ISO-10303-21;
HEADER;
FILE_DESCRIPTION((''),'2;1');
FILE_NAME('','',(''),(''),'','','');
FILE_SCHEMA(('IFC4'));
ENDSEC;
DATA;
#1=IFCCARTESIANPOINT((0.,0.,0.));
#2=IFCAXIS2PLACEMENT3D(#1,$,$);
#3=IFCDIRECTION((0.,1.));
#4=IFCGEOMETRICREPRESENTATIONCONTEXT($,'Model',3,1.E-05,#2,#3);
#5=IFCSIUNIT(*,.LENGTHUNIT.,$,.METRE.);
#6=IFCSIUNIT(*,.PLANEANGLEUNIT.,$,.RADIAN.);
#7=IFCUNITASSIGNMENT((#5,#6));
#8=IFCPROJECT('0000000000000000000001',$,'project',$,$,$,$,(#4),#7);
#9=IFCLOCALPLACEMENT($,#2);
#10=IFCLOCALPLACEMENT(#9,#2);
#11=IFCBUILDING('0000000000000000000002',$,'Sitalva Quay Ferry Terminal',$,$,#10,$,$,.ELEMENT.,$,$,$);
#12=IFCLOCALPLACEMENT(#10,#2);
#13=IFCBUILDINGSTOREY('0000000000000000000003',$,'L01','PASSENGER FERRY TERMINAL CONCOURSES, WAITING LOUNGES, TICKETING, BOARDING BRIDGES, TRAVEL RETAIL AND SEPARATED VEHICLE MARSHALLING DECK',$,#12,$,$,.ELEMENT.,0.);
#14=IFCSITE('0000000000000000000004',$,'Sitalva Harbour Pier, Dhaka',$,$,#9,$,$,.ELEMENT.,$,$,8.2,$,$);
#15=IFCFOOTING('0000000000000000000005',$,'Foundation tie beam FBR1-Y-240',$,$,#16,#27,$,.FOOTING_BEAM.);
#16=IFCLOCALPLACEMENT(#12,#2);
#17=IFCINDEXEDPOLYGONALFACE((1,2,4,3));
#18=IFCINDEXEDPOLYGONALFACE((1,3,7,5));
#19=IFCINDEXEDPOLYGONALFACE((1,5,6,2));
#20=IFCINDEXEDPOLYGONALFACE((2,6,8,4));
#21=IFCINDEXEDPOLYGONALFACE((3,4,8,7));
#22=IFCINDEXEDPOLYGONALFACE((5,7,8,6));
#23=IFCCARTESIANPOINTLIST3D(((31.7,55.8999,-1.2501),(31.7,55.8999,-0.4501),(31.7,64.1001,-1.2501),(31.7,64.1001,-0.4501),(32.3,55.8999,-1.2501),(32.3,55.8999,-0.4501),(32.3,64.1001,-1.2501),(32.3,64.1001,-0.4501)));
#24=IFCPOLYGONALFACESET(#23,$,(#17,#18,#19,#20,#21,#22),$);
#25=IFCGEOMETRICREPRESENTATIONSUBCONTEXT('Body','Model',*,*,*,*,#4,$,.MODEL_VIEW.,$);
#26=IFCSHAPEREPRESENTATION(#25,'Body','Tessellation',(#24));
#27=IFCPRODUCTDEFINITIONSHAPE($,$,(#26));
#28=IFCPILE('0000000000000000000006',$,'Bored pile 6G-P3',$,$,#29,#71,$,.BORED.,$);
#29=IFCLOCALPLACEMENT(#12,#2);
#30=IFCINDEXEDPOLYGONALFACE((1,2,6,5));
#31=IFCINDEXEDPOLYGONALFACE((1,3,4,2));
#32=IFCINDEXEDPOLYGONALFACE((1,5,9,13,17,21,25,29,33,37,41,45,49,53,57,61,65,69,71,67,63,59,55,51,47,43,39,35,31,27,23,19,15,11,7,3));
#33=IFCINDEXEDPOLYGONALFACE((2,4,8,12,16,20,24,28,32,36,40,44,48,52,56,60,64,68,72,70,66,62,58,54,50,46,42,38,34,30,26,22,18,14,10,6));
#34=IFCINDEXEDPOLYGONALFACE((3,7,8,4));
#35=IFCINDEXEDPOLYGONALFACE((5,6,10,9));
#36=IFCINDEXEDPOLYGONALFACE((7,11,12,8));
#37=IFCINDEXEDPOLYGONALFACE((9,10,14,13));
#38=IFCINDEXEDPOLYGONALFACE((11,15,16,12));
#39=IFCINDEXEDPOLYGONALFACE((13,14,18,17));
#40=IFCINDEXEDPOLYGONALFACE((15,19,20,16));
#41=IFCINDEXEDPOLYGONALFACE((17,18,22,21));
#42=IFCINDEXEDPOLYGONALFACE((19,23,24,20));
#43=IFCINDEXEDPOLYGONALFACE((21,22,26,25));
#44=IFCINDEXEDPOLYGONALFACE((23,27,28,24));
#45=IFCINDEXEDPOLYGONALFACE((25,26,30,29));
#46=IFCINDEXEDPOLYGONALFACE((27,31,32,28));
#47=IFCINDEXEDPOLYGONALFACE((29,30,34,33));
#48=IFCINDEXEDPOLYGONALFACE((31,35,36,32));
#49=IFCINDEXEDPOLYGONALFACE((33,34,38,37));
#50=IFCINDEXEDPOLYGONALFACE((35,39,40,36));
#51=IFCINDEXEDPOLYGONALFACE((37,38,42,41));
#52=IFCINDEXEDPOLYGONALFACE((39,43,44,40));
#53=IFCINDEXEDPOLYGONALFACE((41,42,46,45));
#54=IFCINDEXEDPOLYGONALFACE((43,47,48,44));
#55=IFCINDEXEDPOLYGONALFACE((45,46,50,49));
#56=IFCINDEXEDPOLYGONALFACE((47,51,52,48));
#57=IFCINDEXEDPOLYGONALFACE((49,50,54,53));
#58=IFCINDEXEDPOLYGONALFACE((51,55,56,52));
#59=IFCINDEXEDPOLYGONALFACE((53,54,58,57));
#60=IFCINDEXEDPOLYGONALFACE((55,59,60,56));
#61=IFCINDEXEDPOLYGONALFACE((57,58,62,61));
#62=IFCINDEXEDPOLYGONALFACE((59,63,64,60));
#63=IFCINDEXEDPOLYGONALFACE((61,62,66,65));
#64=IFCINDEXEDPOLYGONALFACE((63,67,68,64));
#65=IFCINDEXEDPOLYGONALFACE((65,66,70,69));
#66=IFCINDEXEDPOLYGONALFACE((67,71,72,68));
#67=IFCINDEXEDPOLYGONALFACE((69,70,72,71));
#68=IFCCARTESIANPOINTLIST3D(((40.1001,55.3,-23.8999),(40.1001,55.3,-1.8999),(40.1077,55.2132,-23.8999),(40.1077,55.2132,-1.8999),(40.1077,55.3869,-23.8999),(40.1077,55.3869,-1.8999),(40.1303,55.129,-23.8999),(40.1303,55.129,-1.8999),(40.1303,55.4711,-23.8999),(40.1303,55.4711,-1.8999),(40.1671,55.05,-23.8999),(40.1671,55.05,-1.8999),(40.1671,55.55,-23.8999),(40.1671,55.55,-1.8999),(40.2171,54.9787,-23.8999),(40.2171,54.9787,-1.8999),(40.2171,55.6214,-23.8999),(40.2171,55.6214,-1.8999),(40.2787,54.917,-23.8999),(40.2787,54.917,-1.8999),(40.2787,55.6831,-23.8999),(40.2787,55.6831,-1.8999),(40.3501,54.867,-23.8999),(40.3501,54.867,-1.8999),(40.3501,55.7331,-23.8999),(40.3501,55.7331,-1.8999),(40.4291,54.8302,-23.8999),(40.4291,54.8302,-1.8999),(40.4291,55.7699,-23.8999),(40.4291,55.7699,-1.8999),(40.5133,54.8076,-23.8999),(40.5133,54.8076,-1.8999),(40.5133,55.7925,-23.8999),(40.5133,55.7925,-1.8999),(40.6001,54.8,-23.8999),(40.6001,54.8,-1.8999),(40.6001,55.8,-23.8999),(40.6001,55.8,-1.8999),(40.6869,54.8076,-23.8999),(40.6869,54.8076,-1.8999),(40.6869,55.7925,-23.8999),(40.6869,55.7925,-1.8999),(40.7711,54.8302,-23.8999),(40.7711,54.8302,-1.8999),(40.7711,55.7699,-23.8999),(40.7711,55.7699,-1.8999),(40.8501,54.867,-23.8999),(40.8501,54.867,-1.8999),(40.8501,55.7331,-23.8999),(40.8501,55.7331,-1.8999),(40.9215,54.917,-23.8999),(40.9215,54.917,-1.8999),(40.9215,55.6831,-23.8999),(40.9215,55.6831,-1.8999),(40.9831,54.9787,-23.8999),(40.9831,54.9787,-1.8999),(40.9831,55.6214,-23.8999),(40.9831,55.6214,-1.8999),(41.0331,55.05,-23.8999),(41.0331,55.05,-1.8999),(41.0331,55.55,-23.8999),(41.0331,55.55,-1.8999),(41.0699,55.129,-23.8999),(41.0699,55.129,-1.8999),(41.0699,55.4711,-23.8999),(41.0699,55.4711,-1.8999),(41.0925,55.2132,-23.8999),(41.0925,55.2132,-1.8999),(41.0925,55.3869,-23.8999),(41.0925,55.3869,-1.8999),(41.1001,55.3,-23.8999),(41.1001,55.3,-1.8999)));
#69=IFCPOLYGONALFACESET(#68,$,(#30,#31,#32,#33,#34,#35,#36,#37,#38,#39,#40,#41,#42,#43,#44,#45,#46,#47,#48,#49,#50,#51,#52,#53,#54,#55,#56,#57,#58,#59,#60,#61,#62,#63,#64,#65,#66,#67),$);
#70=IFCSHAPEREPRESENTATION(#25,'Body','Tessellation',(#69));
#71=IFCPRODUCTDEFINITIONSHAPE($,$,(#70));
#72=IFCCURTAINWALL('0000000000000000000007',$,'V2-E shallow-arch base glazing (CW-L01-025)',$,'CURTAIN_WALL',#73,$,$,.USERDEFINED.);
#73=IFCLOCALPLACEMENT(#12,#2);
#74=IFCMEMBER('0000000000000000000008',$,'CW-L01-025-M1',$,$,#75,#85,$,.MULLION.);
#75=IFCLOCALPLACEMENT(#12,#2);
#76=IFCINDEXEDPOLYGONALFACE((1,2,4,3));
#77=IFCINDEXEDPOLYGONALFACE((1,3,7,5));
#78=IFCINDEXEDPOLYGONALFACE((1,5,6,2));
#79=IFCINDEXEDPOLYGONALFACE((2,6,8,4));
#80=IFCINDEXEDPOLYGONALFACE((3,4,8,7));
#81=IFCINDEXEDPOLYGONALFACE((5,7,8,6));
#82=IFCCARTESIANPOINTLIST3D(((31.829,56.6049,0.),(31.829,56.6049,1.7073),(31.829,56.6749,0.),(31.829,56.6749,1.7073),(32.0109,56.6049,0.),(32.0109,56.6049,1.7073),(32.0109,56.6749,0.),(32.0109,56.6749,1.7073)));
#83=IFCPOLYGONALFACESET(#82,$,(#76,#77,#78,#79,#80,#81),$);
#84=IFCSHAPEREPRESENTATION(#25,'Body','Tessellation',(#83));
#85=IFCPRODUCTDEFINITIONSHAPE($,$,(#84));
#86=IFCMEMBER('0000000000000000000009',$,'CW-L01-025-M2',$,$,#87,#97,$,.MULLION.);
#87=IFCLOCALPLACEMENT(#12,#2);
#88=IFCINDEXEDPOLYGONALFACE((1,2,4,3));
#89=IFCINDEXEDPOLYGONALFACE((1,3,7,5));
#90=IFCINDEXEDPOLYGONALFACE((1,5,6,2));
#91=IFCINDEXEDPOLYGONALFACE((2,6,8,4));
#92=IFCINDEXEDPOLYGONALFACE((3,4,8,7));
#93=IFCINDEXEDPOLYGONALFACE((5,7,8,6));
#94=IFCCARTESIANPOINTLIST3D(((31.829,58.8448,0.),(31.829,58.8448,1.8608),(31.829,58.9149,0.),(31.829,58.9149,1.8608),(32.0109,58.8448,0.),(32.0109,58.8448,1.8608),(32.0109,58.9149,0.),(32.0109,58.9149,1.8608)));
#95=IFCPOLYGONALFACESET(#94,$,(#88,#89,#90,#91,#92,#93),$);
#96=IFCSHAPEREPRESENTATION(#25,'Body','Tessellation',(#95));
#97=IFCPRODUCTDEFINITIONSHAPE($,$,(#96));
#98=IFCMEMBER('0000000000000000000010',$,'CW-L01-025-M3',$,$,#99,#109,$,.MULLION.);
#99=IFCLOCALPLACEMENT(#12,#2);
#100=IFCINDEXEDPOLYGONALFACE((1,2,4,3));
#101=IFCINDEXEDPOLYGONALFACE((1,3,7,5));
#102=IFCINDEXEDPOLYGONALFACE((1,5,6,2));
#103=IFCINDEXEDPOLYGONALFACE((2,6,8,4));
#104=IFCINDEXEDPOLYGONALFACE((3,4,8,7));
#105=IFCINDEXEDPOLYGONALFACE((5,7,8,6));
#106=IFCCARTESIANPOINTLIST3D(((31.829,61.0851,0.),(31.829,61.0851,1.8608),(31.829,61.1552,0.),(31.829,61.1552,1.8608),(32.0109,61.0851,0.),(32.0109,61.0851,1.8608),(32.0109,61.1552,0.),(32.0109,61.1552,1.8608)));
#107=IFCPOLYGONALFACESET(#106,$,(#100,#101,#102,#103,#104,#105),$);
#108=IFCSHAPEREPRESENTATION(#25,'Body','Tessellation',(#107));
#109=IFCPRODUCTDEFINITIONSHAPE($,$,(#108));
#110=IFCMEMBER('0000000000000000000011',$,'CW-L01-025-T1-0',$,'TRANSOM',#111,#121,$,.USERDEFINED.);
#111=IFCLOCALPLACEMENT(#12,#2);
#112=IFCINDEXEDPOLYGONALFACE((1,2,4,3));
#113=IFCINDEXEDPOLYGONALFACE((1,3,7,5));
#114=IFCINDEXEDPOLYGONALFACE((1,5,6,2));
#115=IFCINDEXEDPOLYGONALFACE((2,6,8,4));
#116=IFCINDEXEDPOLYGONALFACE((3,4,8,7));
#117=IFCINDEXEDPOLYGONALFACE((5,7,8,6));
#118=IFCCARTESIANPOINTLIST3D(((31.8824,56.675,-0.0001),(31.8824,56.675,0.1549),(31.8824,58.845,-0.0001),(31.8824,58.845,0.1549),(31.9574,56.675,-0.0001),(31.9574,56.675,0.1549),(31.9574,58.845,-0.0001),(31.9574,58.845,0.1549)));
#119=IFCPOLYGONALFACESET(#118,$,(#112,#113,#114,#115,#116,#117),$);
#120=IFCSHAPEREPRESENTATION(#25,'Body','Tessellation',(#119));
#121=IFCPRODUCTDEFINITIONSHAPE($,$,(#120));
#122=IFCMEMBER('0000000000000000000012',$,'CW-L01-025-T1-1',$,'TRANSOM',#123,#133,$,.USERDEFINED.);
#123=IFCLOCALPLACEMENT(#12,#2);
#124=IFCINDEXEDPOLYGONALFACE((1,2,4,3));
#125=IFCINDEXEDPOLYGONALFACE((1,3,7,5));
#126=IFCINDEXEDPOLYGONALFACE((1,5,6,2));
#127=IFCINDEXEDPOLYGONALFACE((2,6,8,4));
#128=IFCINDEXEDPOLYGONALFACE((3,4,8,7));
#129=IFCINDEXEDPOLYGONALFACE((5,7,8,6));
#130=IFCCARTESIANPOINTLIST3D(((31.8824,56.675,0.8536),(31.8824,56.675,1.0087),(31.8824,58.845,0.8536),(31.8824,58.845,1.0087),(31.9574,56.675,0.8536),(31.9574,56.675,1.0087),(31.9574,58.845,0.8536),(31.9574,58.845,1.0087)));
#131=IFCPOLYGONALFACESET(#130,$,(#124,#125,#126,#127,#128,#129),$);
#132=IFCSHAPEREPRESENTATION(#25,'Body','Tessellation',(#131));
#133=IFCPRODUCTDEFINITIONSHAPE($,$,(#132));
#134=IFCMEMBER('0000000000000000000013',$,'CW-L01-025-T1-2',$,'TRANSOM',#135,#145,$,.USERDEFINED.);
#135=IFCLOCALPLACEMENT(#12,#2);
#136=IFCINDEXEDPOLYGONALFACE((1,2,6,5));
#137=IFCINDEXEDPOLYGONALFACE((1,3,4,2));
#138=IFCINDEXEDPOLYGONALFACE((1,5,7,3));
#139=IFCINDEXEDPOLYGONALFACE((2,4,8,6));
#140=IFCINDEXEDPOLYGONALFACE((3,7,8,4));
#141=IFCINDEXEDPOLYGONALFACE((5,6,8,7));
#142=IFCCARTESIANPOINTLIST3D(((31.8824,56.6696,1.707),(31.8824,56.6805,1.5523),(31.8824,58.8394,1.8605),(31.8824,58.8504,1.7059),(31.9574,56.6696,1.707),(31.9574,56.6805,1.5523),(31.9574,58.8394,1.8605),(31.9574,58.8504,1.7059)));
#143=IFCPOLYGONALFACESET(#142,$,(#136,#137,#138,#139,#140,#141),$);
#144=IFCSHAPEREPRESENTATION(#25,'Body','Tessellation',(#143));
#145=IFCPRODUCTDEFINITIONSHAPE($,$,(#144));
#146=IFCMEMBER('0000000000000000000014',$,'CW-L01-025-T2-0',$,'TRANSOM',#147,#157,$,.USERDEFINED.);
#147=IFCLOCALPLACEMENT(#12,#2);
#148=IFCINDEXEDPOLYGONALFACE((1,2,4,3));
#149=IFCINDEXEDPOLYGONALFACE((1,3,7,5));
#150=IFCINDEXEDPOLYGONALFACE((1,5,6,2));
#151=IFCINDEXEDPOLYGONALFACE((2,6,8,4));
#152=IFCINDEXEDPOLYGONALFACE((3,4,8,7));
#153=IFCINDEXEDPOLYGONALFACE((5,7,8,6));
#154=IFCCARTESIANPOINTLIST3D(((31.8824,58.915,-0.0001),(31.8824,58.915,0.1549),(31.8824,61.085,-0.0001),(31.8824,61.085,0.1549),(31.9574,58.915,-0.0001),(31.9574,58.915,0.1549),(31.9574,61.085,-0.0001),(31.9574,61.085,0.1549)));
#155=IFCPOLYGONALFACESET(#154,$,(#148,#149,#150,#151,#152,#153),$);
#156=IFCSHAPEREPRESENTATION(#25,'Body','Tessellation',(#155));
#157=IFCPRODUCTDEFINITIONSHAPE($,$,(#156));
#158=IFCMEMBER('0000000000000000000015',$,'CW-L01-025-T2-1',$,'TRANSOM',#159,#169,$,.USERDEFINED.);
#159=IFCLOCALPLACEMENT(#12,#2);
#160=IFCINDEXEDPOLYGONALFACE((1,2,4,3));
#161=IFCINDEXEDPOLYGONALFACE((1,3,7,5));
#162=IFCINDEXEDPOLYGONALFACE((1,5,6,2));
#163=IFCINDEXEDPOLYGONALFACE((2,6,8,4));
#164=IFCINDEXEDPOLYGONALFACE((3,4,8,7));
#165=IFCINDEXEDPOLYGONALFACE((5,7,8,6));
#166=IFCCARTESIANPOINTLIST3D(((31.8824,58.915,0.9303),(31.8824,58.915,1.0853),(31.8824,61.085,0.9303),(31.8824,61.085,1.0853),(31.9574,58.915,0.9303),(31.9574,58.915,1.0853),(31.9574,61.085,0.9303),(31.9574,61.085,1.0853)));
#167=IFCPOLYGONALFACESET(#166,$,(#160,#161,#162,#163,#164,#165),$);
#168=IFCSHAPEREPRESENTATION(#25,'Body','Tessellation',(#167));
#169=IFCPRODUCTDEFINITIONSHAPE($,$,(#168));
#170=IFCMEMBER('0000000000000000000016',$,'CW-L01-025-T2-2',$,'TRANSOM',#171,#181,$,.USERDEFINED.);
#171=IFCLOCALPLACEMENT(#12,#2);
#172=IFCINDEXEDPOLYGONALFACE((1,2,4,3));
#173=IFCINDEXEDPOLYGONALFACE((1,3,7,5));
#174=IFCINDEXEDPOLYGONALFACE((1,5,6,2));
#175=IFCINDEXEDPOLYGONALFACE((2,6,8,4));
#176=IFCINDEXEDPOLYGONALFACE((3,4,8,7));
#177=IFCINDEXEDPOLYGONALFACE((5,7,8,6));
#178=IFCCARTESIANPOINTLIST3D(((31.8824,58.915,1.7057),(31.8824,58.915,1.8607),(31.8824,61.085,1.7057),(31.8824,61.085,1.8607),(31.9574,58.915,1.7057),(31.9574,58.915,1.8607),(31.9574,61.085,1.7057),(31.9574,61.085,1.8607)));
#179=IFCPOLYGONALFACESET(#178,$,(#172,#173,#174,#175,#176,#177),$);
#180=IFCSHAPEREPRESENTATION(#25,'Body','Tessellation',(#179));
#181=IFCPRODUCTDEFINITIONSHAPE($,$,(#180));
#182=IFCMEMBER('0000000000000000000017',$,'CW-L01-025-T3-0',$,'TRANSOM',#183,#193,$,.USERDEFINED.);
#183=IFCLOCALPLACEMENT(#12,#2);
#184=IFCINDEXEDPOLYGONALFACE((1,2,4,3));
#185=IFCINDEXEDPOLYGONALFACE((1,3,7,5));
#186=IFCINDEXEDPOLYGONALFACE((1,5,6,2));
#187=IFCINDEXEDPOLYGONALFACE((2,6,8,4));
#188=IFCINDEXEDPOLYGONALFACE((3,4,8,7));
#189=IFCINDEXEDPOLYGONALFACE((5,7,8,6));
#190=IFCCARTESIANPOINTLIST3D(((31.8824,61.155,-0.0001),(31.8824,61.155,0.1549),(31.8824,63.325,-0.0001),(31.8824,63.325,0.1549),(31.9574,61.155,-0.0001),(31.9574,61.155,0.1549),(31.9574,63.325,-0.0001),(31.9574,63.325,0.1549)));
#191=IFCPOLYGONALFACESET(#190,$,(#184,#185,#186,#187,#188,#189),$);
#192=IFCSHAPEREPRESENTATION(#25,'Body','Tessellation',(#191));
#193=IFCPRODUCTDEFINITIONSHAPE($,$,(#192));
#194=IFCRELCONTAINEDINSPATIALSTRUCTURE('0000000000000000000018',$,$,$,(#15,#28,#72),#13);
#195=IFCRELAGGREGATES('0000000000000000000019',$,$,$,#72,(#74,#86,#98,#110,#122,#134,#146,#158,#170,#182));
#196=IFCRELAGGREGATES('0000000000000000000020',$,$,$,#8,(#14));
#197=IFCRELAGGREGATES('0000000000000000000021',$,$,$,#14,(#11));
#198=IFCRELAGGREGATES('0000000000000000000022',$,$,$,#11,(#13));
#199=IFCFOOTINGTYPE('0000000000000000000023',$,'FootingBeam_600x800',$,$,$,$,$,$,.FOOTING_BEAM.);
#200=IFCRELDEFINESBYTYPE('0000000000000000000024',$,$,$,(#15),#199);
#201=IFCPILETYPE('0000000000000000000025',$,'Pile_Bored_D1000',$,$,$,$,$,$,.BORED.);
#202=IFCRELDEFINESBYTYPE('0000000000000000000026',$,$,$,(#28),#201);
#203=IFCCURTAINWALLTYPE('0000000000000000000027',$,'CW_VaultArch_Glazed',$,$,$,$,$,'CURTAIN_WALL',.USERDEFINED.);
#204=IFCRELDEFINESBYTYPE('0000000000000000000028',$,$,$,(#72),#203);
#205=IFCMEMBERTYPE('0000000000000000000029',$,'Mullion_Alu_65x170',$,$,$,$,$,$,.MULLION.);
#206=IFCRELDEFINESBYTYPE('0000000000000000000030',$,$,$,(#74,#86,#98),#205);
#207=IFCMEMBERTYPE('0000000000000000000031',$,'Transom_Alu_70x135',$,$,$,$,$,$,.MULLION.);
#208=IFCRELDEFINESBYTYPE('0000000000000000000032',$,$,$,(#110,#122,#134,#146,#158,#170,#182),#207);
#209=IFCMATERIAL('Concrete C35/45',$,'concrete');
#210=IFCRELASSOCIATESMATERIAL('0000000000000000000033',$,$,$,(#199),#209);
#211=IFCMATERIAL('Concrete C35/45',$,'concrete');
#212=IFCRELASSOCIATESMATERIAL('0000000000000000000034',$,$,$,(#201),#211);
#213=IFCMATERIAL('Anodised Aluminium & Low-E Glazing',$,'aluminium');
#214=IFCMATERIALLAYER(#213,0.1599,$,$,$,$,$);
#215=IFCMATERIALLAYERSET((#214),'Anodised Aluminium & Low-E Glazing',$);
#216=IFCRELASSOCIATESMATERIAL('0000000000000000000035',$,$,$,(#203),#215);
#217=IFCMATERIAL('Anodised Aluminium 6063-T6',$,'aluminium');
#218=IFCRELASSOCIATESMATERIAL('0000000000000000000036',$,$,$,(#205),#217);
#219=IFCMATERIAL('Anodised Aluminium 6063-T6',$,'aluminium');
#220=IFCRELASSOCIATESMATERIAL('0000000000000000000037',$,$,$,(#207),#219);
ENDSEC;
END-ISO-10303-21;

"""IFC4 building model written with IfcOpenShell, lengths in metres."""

from ifc_helpers import new_model, si_unit, direction, frame, origin, origin_2d, place, context, subcontext, project, spatial, rectangle, circle, extrude, material, layer, layer_set, material_profile, profile_set, type_object, element, aggregate, save


model = new_model("IFC4")

# Units and contexts
model_context = context("Model", 3, precision=1e-05, world=origin(), true_north=direction((0.0, 1.0)))
body_context = subcontext(model_context, "Body", "Model", "MODEL_VIEW")
ifc_project = project(units=[si_unit("LENGTHUNIT", "METRE"), si_unit("PLANEANGLEUNIT", "RADIAN")], contexts=[model_context])

# Site, building, storey
site_placement = place(None, origin())
site = spatial("IfcSite", under=ifc_project, at=site_placement, Name="Sitalva Harbour Pier, Dhaka", CompositionType="ELEMENT", RefElevation=8.2)
building_placement = place(site_placement, origin())
building = spatial("IfcBuilding", under=site, at=building_placement, Name="Sitalva Quay Ferry Terminal", CompositionType="ELEMENT")
storey_placement = place(building_placement, origin())
storey = spatial("IfcBuildingStorey", under=building, at=storey_placement, Name="L01", Description="PASSENGER FERRY TERMINAL CONCOURSES, WAITING LOUNGES, TICKETING, BOARDING BRIDGES, TRAVEL RETAIL AND SEPARATED VEHICLE MARSHALLING DECK", CompositionType="ELEMENT", Elevation=0.0)

# Footing
ifc_material_1 = material(Name="Concrete C35/45", Category="concrete")
ifc_material_profile_1 = material_profile(ifc_material_1, rectangle(XDim=0.6001, YDim=0.8, at=origin_2d()), Name="RC600x800")
ifc_profile_set_1 = profile_set([ifc_material_profile_1], Name="Concrete C35/45")
footing_type = type_object("IfcFootingType", Name="FootingBeam_600x800", PredefinedType="FOOTING_BEAM", material=ifc_profile_set_1)
footing_placement = place(storey_placement, frame((32.0, 55.8999, -0.8501), z_axis=(0.0, 1.0, 0.0), x_axis=(-1.0, 0.0, 0.0)))
element("IfcFooting", 1, at=footing_placement, inside=storey, type_object=footing_type, Name="Foundation tie beam FBR1-Y-240", PredefinedType="FOOTING_BEAM", context=body_context, shape_type="SweptSolid", body=[
    extrude(rectangle(XDim=0.6001, YDim=0.8, at=origin_2d()), origin(), (0.0, 0.0, 1.0), 8.2002),
])

# Pile
ifc_material_2 = material(Name="Concrete C35/45", Category="concrete")
ifc_material_profile_2 = material_profile(ifc_material_2, circle(Radius=0.5, at=origin_2d()), Name="PILE-D1000")
ifc_profile_set_2 = profile_set([ifc_material_profile_2], Name="Concrete C35/45")
pile_type = type_object("IfcPileType", Name="Pile_Bored_D1000", PredefinedType="BORED", material=ifc_profile_set_2)
pile_placement = place(storey_placement, frame((40.6001, 55.3, -1.8999), z_axis=(0.0, 0.0, -1.0), x_axis=(1.0, 0.0, 0.0)))
element("IfcPile", 2, at=pile_placement, inside=storey, type_object=pile_type, Name="Bored pile 6G-P3", PredefinedType="BORED", context=body_context, shape_type="SweptSolid", body=[
    extrude(circle(Radius=0.5, at=origin_2d()), origin(), (0.0, 0.0, 1.0), 22.0),
])

# Curtain wall, members
ifc_material_3 = material(Name="Anodised Aluminium & Low-E Glazing", Category="aluminium")
ifc_layer_1 = layer(ifc_material_3, 0.1599)
ifc_layer_set_1 = layer_set([ifc_layer_1], Name="Anodised Aluminium & Low-E Glazing")
curtain_wall_type = type_object("IfcCurtainWallType", Name="CW_VaultArch_Glazed", ElementType="CURTAIN_WALL", PredefinedType="USERDEFINED", material=ifc_layer_set_1)
curtain_wall_placement = place(storey_placement, origin())
curtain_wall = element("IfcCurtainWall", 3, at=curtain_wall_placement, inside=storey, type_object=curtain_wall_type, Name="V2-E shallow-arch base glazing (CW-L01-025)", ObjectType="CURTAIN_WALL", PredefinedType="USERDEFINED")
ifc_material_4 = material(Name="Anodised Aluminium 6063-T6", Category="aluminium")
ifc_material_profile_3 = material_profile(ifc_material_4, rectangle(XDim=0.0701, YDim=0.1819, at=origin_2d()), Name="ALU70x182")
ifc_profile_set_3 = profile_set([ifc_material_profile_3], Name="Anodised Aluminium 6063-T6")
member_type_1 = type_object("IfcMemberType", Name="Mullion_Alu_65x170", PredefinedType="MULLION", material=ifc_profile_set_3)
member_1_placement = place(storey_placement, frame((31.9199, 56.6399, 0.0), z_axis=(0.0, 0.0, 1.0), x_axis=(0.0, 1.0, 0.0)))
member_1 = element("IfcMember", 4, at=member_1_placement, type_object=member_type_1, Name="CW-L01-025-M1", PredefinedType="MULLION", context=body_context, shape_type="SweptSolid", body=[
    extrude(rectangle(XDim=0.0701, YDim=0.1819, at=origin_2d()), origin(), (0.0, 0.0, 1.0), 1.7073),
])
member_2_placement = place(storey_placement, frame((31.9199, 58.8799, 0.0), z_axis=(0.0, 0.0, 1.0), x_axis=(0.0, 1.0, 0.0)))
member_2 = element("IfcMember", 5, at=member_2_placement, type_object=member_type_1, Name="CW-L01-025-M2", PredefinedType="MULLION", context=body_context, shape_type="SweptSolid", body=[
    extrude(rectangle(XDim=0.0701, YDim=0.1819, at=origin_2d()), origin(), (0.0, 0.0, 1.0), 1.8608),
])
member_3_placement = place(storey_placement, frame((31.9199, 61.1201, 0.0), z_axis=(0.0, 0.0, 1.0), x_axis=(0.0, 1.0, 0.0)))
member_3 = element("IfcMember", 6, at=member_3_placement, type_object=member_type_1, Name="CW-L01-025-M3", PredefinedType="MULLION", context=body_context, shape_type="SweptSolid", body=[
    extrude(rectangle(XDim=0.0701, YDim=0.1819, at=origin_2d()), origin(), (0.0, 0.0, 1.0), 1.8608),
])
ifc_material_5 = material(Name="Anodised Aluminium 6063-T6", Category="aluminium")
ifc_material_profile_4 = material_profile(ifc_material_5, rectangle(XDim=0.075, YDim=0.155, at=origin_2d()), Name="ALU75x155")
ifc_profile_set_4 = profile_set([ifc_material_profile_4], Name="Anodised Aluminium 6063-T6")
member_type_2 = type_object("IfcMemberType", Name="Transom_Alu_70x135", PredefinedType="MULLION", material=ifc_profile_set_4)
member_4_placement = place(storey_placement, frame((31.9199, 56.675, 0.0774), z_axis=(0.0, 1.0, 0.0), x_axis=(-1.0, 0.0, 0.0)))
member_4 = element("IfcMember", 7, at=member_4_placement, type_object=member_type_2, Name="CW-L01-025-T1-0", ObjectType="TRANSOM", PredefinedType="USERDEFINED", context=body_context, shape_type="SweptSolid", body=[
    extrude(rectangle(XDim=0.075, YDim=0.155, at=origin_2d()), origin(), (0.0, 0.0, 1.0), 2.1699),
])
member_5_placement = place(storey_placement, frame((31.9199, 56.675, 0.9312), z_axis=(0.0, 1.0, 0.0), x_axis=(-1.0, 0.0, 0.0)))
member_5 = element("IfcMember", 8, at=member_5_placement, type_object=member_type_2, Name="CW-L01-025-T1-1", ObjectType="TRANSOM", PredefinedType="USERDEFINED", context=body_context, shape_type="SweptSolid", body=[
    extrude(rectangle(XDim=0.075, YDim=0.155, at=origin_2d()), origin(), (0.0, 0.0, 1.0), 2.1699),
])
member_6_placement = place(storey_placement, frame((31.9199, 56.675, 1.6296), z_axis=(0.0, 0.997505, 0.070593), x_axis=(-1.0, 0.0, 0.0)))
member_6 = element("IfcMember", 9, at=member_6_placement, type_object=member_type_2, Name="CW-L01-025-T1-2", ObjectType="TRANSOM", PredefinedType="USERDEFINED", context=body_context, shape_type="SweptSolid", body=[
    extrude(rectangle(XDim=0.075, YDim=0.155, at=origin_2d()), origin(), (0.0, 0.0, 1.0), 2.1753),
])
member_7_placement = place(storey_placement, frame((31.9199, 58.915, 0.0774), z_axis=(0.0, 1.0, 0.0), x_axis=(-1.0, 0.0, 0.0)))
member_7 = element("IfcMember", 10, at=member_7_placement, type_object=member_type_2, Name="CW-L01-025-T2-0", ObjectType="TRANSOM", PredefinedType="USERDEFINED", context=body_context, shape_type="SweptSolid", body=[
    extrude(rectangle(XDim=0.075, YDim=0.155, at=origin_2d()), origin(), (0.0, 0.0, 1.0), 2.1699),
])
member_8_placement = place(storey_placement, frame((31.9199, 58.915, 1.0078), z_axis=(0.0, 1.0, 0.0), x_axis=(-1.0, 0.0, 0.0)))
member_8 = element("IfcMember", 11, at=member_8_placement, type_object=member_type_2, Name="CW-L01-025-T2-1", ObjectType="TRANSOM", PredefinedType="USERDEFINED", context=body_context, shape_type="SweptSolid", body=[
    extrude(rectangle(XDim=0.075, YDim=0.155, at=origin_2d()), origin(), (0.0, 0.0, 1.0), 2.1699),
])
member_9_placement = place(storey_placement, frame((31.9199, 58.915, 1.7832), z_axis=(0.0, 1.0, 0.0), x_axis=(-1.0, 0.0, 0.0)))
member_9 = element("IfcMember", 12, at=member_9_placement, type_object=member_type_2, Name="CW-L01-025-T2-2", ObjectType="TRANSOM", PredefinedType="USERDEFINED", context=body_context, shape_type="SweptSolid", body=[
    extrude(rectangle(XDim=0.075, YDim=0.155, at=origin_2d()), origin(), (0.0, 0.0, 1.0), 2.1699),
])
member_10_placement = place(storey_placement, frame((31.9199, 61.155, 0.0774), z_axis=(0.0, 1.0, 0.0), x_axis=(-1.0, 0.0, 0.0)))
member_10 = element("IfcMember", 13, at=member_10_placement, type_object=member_type_2, Name="CW-L01-025-T3-0", ObjectType="TRANSOM", PredefinedType="USERDEFINED", context=body_context, shape_type="SweptSolid", body=[
    extrude(rectangle(XDim=0.075, YDim=0.155, at=origin_2d()), origin(), (0.0, 0.0, 1.0), 2.1699),
])
aggregate(curtain_wall, [member_1, member_2, member_3, member_4, member_5, member_6, member_7, member_8, member_9, member_10])

save(model, "model.ifc")
